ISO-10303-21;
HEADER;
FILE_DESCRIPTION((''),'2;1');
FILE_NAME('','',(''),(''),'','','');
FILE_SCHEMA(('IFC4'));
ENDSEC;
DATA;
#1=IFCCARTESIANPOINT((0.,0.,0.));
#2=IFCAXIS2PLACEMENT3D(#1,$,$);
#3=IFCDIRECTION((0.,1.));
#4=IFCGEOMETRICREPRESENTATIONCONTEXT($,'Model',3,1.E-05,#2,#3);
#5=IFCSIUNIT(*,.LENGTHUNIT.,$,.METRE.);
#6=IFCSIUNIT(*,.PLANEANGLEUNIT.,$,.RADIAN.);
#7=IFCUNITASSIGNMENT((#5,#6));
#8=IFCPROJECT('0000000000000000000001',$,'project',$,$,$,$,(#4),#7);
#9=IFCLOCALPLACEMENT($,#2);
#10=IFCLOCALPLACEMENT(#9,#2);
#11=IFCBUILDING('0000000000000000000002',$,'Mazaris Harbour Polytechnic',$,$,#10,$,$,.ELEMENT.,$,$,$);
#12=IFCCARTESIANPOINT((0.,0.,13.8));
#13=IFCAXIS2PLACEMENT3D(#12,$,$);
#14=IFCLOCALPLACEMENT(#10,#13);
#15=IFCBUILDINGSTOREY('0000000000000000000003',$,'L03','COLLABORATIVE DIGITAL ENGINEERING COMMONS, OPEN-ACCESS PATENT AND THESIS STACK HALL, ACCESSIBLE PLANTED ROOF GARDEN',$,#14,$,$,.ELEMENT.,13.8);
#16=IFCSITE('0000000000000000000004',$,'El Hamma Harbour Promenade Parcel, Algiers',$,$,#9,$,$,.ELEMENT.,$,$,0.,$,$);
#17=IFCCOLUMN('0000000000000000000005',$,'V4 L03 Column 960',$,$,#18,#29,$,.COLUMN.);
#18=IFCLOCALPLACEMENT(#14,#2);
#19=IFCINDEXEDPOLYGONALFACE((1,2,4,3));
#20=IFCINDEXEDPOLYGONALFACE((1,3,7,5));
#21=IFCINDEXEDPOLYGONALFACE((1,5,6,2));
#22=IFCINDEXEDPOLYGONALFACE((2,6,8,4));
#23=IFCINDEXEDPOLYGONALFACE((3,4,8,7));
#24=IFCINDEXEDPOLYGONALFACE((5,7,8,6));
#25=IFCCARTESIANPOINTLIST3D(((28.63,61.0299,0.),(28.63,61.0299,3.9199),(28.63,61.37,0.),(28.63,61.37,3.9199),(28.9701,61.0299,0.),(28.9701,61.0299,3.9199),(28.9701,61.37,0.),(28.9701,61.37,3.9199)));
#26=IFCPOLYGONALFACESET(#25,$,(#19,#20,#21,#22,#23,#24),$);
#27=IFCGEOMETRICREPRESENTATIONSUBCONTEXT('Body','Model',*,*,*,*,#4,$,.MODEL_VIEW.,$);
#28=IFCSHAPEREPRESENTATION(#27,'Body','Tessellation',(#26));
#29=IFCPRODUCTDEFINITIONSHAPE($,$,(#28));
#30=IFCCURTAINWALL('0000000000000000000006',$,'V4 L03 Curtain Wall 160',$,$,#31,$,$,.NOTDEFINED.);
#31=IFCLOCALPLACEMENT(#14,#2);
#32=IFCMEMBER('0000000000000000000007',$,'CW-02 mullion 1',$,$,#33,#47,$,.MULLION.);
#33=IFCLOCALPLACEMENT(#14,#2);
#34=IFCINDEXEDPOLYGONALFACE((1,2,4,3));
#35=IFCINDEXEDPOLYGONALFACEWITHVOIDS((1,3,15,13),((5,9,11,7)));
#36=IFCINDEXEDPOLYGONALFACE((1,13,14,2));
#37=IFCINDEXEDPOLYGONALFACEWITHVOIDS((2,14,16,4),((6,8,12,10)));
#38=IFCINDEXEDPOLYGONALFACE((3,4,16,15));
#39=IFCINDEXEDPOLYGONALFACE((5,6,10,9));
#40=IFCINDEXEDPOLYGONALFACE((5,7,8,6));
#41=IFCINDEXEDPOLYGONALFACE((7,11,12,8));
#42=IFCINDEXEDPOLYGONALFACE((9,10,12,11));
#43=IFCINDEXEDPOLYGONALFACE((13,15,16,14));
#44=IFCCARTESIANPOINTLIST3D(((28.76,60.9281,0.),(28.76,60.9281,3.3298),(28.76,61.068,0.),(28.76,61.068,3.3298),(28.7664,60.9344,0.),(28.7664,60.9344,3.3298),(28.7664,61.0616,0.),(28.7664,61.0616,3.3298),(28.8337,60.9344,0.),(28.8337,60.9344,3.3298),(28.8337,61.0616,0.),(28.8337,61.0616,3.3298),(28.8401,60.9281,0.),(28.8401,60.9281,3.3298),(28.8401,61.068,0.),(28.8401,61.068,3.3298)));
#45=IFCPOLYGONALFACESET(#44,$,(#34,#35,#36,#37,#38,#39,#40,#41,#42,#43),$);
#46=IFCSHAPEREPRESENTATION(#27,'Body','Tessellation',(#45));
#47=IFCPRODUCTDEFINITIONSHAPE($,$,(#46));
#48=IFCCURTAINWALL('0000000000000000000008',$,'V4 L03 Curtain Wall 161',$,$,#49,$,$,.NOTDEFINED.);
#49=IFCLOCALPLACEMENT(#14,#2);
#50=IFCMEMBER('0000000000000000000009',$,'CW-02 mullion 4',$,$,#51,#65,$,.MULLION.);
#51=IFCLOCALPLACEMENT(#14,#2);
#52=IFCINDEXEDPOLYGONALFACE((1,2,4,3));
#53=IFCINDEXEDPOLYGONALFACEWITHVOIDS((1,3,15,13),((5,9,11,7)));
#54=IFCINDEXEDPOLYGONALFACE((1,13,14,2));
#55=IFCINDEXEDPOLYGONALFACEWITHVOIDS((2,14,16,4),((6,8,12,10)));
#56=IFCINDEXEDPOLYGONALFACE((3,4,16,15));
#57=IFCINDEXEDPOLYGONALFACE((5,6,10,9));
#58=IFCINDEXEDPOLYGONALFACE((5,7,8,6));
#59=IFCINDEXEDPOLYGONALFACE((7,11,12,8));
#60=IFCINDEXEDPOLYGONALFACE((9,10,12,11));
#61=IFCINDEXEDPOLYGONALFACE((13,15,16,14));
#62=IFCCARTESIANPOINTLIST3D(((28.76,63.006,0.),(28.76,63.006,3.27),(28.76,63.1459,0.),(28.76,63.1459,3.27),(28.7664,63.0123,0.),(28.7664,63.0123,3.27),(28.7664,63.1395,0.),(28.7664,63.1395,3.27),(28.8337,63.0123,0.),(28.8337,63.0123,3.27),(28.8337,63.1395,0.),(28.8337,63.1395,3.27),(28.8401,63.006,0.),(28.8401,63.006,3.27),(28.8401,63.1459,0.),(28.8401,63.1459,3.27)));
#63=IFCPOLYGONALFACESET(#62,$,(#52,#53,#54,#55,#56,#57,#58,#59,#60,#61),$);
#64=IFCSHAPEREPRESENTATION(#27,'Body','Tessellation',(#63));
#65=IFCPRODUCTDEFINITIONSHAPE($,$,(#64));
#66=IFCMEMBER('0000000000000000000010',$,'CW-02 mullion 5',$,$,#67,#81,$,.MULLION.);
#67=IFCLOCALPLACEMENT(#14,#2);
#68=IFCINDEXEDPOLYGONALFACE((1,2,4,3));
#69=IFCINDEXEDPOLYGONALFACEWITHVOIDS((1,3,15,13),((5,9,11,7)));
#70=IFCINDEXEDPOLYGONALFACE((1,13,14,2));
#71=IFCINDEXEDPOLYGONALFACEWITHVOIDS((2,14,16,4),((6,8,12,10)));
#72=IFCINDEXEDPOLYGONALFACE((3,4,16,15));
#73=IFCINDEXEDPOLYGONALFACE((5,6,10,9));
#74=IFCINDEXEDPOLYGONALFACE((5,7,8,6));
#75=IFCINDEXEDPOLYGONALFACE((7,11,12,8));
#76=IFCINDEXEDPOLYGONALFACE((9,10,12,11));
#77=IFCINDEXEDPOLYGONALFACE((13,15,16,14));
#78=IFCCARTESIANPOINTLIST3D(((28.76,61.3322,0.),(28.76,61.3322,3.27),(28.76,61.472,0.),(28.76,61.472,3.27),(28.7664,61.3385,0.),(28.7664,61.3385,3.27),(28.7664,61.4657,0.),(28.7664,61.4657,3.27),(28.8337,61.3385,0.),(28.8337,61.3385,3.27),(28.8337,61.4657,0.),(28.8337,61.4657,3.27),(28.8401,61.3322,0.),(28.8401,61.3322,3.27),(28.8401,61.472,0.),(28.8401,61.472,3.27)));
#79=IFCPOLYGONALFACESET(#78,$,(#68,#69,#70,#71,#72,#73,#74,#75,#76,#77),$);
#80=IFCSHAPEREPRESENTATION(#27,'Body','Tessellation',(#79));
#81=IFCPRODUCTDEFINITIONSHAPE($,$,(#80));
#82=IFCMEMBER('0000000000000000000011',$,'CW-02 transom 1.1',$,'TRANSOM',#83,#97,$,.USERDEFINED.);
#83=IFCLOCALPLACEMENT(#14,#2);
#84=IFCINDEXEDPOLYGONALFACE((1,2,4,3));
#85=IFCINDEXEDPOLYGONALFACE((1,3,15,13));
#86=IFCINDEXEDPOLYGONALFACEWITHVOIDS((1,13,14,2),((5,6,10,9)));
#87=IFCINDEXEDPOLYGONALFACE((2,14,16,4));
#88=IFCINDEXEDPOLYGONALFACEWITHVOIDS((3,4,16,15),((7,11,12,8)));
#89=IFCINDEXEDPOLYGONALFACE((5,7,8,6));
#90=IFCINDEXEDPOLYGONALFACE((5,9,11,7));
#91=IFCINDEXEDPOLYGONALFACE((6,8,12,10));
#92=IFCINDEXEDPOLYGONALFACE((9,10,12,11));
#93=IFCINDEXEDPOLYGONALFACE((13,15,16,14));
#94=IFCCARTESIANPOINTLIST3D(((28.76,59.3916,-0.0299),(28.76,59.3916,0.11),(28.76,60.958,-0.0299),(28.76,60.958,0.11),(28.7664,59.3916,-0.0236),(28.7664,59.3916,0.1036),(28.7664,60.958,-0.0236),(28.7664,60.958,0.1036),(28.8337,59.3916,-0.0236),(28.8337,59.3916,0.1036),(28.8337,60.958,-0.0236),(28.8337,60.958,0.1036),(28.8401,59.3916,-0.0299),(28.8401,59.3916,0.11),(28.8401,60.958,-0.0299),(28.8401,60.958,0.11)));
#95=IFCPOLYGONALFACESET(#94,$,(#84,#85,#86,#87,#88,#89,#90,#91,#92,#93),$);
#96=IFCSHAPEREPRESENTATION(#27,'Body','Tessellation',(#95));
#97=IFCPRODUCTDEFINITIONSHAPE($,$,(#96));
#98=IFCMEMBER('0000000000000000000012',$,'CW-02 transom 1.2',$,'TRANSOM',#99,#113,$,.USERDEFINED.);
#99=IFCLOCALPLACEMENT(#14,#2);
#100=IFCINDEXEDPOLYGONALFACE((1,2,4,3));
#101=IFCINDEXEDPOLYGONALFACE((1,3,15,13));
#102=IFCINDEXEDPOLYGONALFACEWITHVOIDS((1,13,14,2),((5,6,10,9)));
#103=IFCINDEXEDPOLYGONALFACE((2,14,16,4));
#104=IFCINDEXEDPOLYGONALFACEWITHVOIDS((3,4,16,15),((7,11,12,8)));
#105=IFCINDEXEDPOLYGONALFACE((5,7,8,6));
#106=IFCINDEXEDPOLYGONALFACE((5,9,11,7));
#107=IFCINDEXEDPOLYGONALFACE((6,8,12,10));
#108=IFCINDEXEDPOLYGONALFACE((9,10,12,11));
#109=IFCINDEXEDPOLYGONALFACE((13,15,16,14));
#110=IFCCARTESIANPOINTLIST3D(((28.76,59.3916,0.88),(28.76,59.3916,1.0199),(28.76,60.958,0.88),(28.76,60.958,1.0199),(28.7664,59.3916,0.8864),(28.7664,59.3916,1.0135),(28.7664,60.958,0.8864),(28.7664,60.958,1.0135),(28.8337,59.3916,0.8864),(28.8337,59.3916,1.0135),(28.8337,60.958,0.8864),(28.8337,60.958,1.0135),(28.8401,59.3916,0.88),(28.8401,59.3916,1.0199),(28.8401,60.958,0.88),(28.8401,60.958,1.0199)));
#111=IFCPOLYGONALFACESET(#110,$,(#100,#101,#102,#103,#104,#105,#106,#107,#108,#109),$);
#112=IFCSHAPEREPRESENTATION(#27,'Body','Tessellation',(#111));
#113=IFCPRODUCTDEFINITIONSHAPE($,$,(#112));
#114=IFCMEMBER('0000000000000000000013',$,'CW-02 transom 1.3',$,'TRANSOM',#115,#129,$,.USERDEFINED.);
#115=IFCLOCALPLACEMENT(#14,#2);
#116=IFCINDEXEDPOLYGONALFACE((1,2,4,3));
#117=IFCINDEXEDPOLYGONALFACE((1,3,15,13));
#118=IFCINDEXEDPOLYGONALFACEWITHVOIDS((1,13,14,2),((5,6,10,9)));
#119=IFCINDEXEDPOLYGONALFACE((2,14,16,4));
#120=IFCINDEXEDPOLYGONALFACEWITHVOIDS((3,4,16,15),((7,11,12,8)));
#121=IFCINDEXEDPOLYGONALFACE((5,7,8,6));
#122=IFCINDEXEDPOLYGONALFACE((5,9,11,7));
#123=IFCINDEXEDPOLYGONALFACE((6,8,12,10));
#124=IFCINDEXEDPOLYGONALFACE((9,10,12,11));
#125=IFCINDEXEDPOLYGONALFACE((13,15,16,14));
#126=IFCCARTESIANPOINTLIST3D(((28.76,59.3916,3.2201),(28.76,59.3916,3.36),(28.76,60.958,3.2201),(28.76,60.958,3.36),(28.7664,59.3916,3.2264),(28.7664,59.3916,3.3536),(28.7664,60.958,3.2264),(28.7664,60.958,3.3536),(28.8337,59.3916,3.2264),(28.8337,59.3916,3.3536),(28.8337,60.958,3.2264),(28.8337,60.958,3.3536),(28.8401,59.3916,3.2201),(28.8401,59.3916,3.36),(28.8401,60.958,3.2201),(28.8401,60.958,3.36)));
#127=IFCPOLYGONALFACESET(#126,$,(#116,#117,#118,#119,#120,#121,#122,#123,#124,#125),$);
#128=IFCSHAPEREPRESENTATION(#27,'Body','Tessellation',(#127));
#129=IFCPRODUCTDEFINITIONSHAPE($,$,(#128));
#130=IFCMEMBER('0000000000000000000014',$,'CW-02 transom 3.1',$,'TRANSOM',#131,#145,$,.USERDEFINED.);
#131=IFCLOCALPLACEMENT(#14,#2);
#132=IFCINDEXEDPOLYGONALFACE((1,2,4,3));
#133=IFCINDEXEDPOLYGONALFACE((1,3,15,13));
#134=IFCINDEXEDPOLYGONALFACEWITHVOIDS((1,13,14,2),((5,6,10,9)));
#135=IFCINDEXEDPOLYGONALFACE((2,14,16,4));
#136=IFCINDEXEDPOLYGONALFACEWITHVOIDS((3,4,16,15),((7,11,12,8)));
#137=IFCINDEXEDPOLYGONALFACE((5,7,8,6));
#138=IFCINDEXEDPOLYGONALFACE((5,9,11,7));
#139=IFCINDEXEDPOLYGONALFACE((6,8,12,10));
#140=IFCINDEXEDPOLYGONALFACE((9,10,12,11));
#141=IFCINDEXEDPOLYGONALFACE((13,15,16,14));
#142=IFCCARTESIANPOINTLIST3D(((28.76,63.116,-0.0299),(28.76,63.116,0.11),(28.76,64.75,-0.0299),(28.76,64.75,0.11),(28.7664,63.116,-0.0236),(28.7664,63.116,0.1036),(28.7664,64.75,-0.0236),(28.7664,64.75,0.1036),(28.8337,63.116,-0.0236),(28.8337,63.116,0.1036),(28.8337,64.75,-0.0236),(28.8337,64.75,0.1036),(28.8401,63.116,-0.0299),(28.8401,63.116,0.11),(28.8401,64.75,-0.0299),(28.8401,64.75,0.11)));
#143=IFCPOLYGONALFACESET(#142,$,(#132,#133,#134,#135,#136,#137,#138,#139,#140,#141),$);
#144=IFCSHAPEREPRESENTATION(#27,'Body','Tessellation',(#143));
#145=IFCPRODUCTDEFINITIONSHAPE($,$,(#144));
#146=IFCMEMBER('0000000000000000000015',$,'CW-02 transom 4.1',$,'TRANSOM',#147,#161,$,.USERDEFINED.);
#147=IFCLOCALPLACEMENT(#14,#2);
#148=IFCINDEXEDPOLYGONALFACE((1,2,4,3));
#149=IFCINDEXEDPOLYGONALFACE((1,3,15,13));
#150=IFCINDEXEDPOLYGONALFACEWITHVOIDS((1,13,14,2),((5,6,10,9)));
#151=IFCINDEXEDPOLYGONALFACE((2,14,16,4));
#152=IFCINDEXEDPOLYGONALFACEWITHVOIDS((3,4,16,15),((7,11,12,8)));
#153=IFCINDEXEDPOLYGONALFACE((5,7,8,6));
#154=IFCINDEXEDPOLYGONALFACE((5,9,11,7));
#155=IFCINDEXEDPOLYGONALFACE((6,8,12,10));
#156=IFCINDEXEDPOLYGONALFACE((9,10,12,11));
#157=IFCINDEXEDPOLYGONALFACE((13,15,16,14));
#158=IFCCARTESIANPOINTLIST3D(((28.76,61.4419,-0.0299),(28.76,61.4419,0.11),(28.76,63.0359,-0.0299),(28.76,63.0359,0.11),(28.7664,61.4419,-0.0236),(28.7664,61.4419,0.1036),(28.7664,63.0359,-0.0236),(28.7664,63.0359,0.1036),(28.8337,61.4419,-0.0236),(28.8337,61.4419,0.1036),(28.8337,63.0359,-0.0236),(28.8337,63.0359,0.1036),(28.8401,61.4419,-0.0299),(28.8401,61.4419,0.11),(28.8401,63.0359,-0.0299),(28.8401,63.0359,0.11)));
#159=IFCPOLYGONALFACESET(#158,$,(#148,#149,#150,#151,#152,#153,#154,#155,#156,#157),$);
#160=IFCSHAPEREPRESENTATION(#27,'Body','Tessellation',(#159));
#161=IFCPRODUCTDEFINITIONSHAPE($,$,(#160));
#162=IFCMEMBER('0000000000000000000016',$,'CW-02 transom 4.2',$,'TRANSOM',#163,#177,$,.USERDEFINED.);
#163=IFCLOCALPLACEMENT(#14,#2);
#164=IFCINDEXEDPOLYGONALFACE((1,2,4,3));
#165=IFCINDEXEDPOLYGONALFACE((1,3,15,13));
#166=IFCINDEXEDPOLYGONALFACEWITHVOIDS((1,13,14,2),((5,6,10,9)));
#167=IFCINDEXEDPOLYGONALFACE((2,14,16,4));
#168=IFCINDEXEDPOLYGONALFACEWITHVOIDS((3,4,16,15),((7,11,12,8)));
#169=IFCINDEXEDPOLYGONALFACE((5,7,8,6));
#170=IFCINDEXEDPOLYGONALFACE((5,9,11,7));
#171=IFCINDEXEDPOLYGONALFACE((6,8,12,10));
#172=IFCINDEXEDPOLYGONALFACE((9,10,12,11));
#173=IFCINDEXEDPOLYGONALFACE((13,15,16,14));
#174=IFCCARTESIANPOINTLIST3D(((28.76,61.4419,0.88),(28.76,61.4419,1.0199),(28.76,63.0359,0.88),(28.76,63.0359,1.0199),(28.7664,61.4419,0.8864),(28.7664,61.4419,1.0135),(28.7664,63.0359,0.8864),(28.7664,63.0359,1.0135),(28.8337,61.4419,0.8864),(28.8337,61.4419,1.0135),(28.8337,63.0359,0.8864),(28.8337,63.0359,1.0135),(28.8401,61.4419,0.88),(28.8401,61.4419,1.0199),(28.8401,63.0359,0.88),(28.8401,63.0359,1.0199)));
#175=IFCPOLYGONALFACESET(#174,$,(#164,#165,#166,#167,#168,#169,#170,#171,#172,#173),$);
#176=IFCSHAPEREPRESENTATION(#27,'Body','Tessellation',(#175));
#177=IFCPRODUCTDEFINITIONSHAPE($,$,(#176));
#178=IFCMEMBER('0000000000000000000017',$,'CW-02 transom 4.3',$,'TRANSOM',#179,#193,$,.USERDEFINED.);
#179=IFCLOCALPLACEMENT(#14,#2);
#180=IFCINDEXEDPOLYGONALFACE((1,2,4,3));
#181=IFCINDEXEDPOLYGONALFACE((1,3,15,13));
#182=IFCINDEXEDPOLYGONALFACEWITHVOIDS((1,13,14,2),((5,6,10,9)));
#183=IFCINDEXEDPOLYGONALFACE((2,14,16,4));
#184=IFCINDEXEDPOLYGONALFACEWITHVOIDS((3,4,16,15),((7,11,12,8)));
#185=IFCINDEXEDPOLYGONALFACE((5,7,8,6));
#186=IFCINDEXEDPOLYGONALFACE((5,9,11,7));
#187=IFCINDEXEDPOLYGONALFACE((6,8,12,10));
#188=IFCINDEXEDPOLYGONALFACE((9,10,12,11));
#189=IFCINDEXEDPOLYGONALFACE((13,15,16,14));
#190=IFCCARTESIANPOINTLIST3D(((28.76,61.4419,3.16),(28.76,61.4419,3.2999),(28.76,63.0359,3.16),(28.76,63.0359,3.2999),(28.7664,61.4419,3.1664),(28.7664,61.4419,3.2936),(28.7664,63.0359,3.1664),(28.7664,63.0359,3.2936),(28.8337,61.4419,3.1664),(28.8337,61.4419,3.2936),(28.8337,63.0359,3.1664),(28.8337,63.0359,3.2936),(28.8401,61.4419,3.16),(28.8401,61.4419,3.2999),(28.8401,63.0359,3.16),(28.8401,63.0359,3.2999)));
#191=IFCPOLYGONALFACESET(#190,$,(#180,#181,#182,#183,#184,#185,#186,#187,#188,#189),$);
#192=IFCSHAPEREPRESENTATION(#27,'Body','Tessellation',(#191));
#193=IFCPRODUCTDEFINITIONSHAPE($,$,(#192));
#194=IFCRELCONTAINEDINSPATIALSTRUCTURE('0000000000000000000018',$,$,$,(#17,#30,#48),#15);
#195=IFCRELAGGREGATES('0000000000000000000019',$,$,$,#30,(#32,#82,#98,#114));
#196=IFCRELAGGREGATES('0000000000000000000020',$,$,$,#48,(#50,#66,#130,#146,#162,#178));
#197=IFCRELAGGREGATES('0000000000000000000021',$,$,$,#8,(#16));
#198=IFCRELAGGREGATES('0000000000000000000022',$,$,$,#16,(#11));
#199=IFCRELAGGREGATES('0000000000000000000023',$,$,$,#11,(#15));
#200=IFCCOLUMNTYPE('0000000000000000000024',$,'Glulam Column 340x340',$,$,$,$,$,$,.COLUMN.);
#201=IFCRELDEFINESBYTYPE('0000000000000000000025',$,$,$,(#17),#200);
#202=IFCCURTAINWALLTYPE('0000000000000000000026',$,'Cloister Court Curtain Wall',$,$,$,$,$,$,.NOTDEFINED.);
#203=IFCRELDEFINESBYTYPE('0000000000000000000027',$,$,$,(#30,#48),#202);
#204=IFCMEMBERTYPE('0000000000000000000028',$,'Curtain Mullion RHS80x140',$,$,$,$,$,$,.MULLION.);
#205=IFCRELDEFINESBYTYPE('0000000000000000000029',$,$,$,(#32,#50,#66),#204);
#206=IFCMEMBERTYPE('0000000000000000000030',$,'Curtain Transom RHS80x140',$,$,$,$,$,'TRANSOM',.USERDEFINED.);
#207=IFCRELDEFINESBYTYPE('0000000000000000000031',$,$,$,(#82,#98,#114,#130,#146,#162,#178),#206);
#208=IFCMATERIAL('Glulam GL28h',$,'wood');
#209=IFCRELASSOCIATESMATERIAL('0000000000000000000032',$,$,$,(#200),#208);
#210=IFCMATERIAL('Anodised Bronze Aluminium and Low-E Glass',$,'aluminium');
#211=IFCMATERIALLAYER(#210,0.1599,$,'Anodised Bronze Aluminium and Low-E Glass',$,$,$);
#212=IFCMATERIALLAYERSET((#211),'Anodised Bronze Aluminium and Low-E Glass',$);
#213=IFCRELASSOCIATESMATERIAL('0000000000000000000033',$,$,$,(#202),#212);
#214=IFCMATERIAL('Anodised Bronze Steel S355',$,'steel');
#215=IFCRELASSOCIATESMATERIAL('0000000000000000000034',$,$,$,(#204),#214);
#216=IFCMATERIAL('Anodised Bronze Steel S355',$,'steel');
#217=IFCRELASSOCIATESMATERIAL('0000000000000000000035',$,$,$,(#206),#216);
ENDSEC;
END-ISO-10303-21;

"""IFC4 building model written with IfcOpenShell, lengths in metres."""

from ifc_helpers import new_model, si_unit, direction, frame, origin, origin_2d, place, context, subcontext, project, spatial, rectangle, hollow_rectangle, extrude, material, layer, layer_set, material_profile, profile_set, type_object, element, aggregate, save


model = new_model("IFC4")

# Units and contexts
model_context = context("Model", 3, precision=1e-05, world=origin(), true_north=direction((0.0, 1.0)))
body_context = subcontext(model_context, "Body", "Model", "MODEL_VIEW")
ifc_project = project(units=[si_unit("LENGTHUNIT", "METRE"), si_unit("PLANEANGLEUNIT", "RADIAN")], contexts=[model_context])

# Site, building, storey
site_placement = place(None, origin())
site = spatial("IfcSite", under=ifc_project, at=site_placement, Name="El Hamma Harbour Promenade Parcel, Algiers", CompositionType="ELEMENT", RefElevation=0.0)
building_placement = place(site_placement, origin())
building = spatial("IfcBuilding", under=site, at=building_placement, Name="Mazaris Harbour Polytechnic", CompositionType="ELEMENT")
storey_placement = place(building_placement, frame((0.0, 0.0, 13.8)))
storey = spatial("IfcBuildingStorey", under=building, at=storey_placement, Name="L03", Description="COLLABORATIVE DIGITAL ENGINEERING COMMONS, OPEN-ACCESS PATENT AND THESIS STACK HALL, ACCESSIBLE PLANTED ROOF GARDEN", CompositionType="ELEMENT", Elevation=13.8)

# Column
ifc_material_1 = material(Name="Glulam GL28h", Category="wood")
ifc_material_profile_1 = material_profile(ifc_material_1, rectangle(XDim=0.3401, YDim=0.3401, at=origin_2d()), Name="RECT340x340")
ifc_profile_set_1 = profile_set([ifc_material_profile_1], Name="Glulam GL28h")
column_type = type_object("IfcColumnType", Name="Glulam Column 340x340", PredefinedType="COLUMN", material=ifc_profile_set_1)
column_placement = place(storey_placement, frame((28.8, 61.2, 0.0), z_axis=(0.0, 0.0, 1.0), x_axis=(1.0, 0.0, 0.0)))
element("IfcColumn", 1, at=column_placement, inside=storey, type_object=column_type, Name="V4 L03 Column 960", PredefinedType="COLUMN", context=body_context, shape_type="SweptSolid", body=[
    extrude(rectangle(XDim=0.3401, YDim=0.3401, at=origin_2d()), origin(), (0.0, 0.0, 1.0), 3.9199),
])

# Curtain wall, member
ifc_material_2 = material(Name="Anodised Bronze Aluminium and Low-E Glass", Category="aluminium")
ifc_layer_1 = layer(ifc_material_2, 0.1599, Name="Anodised Bronze Aluminium and Low-E Glass")
ifc_layer_set_1 = layer_set([ifc_layer_1], Name="Anodised Bronze Aluminium and Low-E Glass")
curtain_wall_type = type_object("IfcCurtainWallType", Name="Cloister Court Curtain Wall", PredefinedType="NOTDEFINED", material=ifc_layer_set_1)
curtain_wall_1_placement = place(storey_placement, origin())
curtain_wall_1 = element("IfcCurtainWall", 2, at=curtain_wall_1_placement, inside=storey, type_object=curtain_wall_type, Name="V4 L03 Curtain Wall 160", PredefinedType="NOTDEFINED")
ifc_material_3 = material(Name="Anodised Bronze Steel S355", Category="steel")
ifc_material_profile_2 = material_profile(ifc_material_3, hollow_rectangle(XDim=0.0801, YDim=0.1399, WallThickness=0.0063, at=origin_2d()), Name="RHS 80x140x6.3")
ifc_profile_set_2 = profile_set([ifc_material_profile_2], Name="Anodised Bronze Steel S355")
member_type_1 = type_object("IfcMemberType", Name="Curtain Mullion RHS80x140", PredefinedType="MULLION", material=ifc_profile_set_2)
member_1_placement = place(storey_placement, frame((28.8, 60.998, 0.0), z_axis=(0.0, 0.0, 1.0), x_axis=(1.0, 0.0, 0.0)))
member_1 = element("IfcMember", 3, at=member_1_placement, type_object=member_type_1, Name="CW-02 mullion 1", PredefinedType="MULLION", context=body_context, shape_type="SweptSolid", body=[
    extrude(hollow_rectangle(XDim=0.0801, YDim=0.1399, WallThickness=0.0063, at=origin_2d()), origin(), (0.0, 0.0, 1.0), 3.3298),
])

# Curtain wall, members
curtain_wall_2_placement = place(storey_placement, origin())
curtain_wall_2 = element("IfcCurtainWall", 4, at=curtain_wall_2_placement, inside=storey, type_object=curtain_wall_type, Name="V4 L03 Curtain Wall 161", PredefinedType="NOTDEFINED")
member_2_placement = place(storey_placement, frame((28.8, 63.0759, 0.0), z_axis=(0.0, 0.0, 1.0), x_axis=(1.0, 0.0, 0.0)))
member_2 = element("IfcMember", 5, at=member_2_placement, type_object=member_type_1, Name="CW-02 mullion 4", PredefinedType="MULLION", context=body_context, shape_type="SweptSolid", body=[
    extrude(hollow_rectangle(XDim=0.0801, YDim=0.1399, WallThickness=0.0063, at=origin_2d()), origin(), (0.0, 0.0, 1.0), 3.27),
])
member_3_placement = place(storey_placement, frame((28.8, 61.4021, 0.0), z_axis=(0.0, 0.0, 1.0), x_axis=(1.0, 0.0, 0.0)))
member_3 = element("IfcMember", 6, at=member_3_placement, type_object=member_type_1, Name="CW-02 mullion 5", PredefinedType="MULLION", context=body_context, shape_type="SweptSolid", body=[
    extrude(hollow_rectangle(XDim=0.0801, YDim=0.1399, WallThickness=0.0063, at=origin_2d()), origin(), (0.0, 0.0, 1.0), 3.27),
])

# Members
ifc_material_4 = material(Name="Anodised Bronze Steel S355", Category="steel")
ifc_material_profile_3 = material_profile(ifc_material_4, hollow_rectangle(XDim=0.0801, YDim=0.1399, WallThickness=0.0063, at=origin_2d()), Name="RHS 80x140x6.3")
ifc_profile_set_3 = profile_set([ifc_material_profile_3], Name="Anodised Bronze Steel S355")
member_type_2 = type_object("IfcMemberType", Name="Curtain Transom RHS80x140", ElementType="TRANSOM", PredefinedType="USERDEFINED", material=ifc_profile_set_3)
member_4_placement = place(storey_placement, frame((28.8, 60.958, 0.04), z_axis=(0.0, -1.0, 0.0), x_axis=(1.0, 0.0, 0.0)))
member_4 = element("IfcMember", 7, at=member_4_placement, type_object=member_type_2, Name="CW-02 transom 1.1", ObjectType="TRANSOM", PredefinedType="USERDEFINED", context=body_context, shape_type="SweptSolid", body=[
    extrude(hollow_rectangle(XDim=0.0801, YDim=0.1399, WallThickness=0.0063, at=origin_2d()), origin(), (0.0, 0.0, 1.0), 1.5664),
])
member_5_placement = place(storey_placement, frame((28.8, 60.958, 0.95), z_axis=(0.0, -1.0, 0.0), x_axis=(1.0, 0.0, 0.0)))
member_5 = element("IfcMember", 8, at=member_5_placement, type_object=member_type_2, Name="CW-02 transom 1.2", ObjectType="TRANSOM", PredefinedType="USERDEFINED", context=body_context, shape_type="SweptSolid", body=[
    extrude(hollow_rectangle(XDim=0.0801, YDim=0.1399, WallThickness=0.0063, at=origin_2d()), origin(), (0.0, 0.0, 1.0), 1.5664),
])
member_6_placement = place(storey_placement, frame((28.8, 60.958, 3.29), z_axis=(0.0, -1.0, 0.0), x_axis=(1.0, 0.0, 0.0)))
member_6 = element("IfcMember", 9, at=member_6_placement, type_object=member_type_2, Name="CW-02 transom 1.3", ObjectType="TRANSOM", PredefinedType="USERDEFINED", context=body_context, shape_type="SweptSolid", body=[
    extrude(hollow_rectangle(XDim=0.0801, YDim=0.1399, WallThickness=0.0063, at=origin_2d()), origin(), (0.0, 0.0, 1.0), 1.5664),
])
member_7_placement = place(storey_placement, frame((28.8, 64.75, 0.04), z_axis=(0.0, -1.0, 0.0), x_axis=(1.0, 0.0, 0.0)))
member_7 = element("IfcMember", 10, at=member_7_placement, type_object=member_type_2, Name="CW-02 transom 3.1", ObjectType="TRANSOM", PredefinedType="USERDEFINED", context=body_context, shape_type="SweptSolid", body=[
    extrude(hollow_rectangle(XDim=0.0801, YDim=0.1399, WallThickness=0.0063, at=origin_2d()), origin(), (0.0, 0.0, 1.0), 1.634),
])
member_8_placement = place(storey_placement, frame((28.8, 63.0359, 0.04), z_axis=(0.0, -1.0, 0.0), x_axis=(1.0, 0.0, 0.0)))
member_8 = element("IfcMember", 11, at=member_8_placement, type_object=member_type_2, Name="CW-02 transom 4.1", ObjectType="TRANSOM", PredefinedType="USERDEFINED", context=body_context, shape_type="SweptSolid", body=[
    extrude(hollow_rectangle(XDim=0.0801, YDim=0.1399, WallThickness=0.0063, at=origin_2d()), origin(), (0.0, 0.0, 1.0), 1.594),
])
member_9_placement = place(storey_placement, frame((28.8, 63.0359, 0.95), z_axis=(0.0, -1.0, 0.0), x_axis=(1.0, 0.0, 0.0)))
member_9 = element("IfcMember", 12, at=member_9_placement, type_object=member_type_2, Name="CW-02 transom 4.2", ObjectType="TRANSOM", PredefinedType="USERDEFINED", context=body_context, shape_type="SweptSolid", body=[
    extrude(hollow_rectangle(XDim=0.0801, YDim=0.1399, WallThickness=0.0063, at=origin_2d()), origin(), (0.0, 0.0, 1.0), 1.594),
])
member_10_placement = place(storey_placement, frame((28.8, 63.0359, 3.23), z_axis=(0.0, -1.0, 0.0), x_axis=(1.0, 0.0, 0.0)))
member_10 = element("IfcMember", 13, at=member_10_placement, type_object=member_type_2, Name="CW-02 transom 4.3", ObjectType="TRANSOM", PredefinedType="USERDEFINED", context=body_context, shape_type="SweptSolid", body=[
    extrude(hollow_rectangle(XDim=0.0801, YDim=0.1399, WallThickness=0.0063, at=origin_2d()), origin(), (0.0, 0.0, 1.0), 1.594),
])

aggregate(curtain_wall_1, [member_1, member_4, member_5, member_6])
aggregate(curtain_wall_2, [member_2, member_3, member_7, member_8, member_9, member_10])

save(model, "model.ifc")
